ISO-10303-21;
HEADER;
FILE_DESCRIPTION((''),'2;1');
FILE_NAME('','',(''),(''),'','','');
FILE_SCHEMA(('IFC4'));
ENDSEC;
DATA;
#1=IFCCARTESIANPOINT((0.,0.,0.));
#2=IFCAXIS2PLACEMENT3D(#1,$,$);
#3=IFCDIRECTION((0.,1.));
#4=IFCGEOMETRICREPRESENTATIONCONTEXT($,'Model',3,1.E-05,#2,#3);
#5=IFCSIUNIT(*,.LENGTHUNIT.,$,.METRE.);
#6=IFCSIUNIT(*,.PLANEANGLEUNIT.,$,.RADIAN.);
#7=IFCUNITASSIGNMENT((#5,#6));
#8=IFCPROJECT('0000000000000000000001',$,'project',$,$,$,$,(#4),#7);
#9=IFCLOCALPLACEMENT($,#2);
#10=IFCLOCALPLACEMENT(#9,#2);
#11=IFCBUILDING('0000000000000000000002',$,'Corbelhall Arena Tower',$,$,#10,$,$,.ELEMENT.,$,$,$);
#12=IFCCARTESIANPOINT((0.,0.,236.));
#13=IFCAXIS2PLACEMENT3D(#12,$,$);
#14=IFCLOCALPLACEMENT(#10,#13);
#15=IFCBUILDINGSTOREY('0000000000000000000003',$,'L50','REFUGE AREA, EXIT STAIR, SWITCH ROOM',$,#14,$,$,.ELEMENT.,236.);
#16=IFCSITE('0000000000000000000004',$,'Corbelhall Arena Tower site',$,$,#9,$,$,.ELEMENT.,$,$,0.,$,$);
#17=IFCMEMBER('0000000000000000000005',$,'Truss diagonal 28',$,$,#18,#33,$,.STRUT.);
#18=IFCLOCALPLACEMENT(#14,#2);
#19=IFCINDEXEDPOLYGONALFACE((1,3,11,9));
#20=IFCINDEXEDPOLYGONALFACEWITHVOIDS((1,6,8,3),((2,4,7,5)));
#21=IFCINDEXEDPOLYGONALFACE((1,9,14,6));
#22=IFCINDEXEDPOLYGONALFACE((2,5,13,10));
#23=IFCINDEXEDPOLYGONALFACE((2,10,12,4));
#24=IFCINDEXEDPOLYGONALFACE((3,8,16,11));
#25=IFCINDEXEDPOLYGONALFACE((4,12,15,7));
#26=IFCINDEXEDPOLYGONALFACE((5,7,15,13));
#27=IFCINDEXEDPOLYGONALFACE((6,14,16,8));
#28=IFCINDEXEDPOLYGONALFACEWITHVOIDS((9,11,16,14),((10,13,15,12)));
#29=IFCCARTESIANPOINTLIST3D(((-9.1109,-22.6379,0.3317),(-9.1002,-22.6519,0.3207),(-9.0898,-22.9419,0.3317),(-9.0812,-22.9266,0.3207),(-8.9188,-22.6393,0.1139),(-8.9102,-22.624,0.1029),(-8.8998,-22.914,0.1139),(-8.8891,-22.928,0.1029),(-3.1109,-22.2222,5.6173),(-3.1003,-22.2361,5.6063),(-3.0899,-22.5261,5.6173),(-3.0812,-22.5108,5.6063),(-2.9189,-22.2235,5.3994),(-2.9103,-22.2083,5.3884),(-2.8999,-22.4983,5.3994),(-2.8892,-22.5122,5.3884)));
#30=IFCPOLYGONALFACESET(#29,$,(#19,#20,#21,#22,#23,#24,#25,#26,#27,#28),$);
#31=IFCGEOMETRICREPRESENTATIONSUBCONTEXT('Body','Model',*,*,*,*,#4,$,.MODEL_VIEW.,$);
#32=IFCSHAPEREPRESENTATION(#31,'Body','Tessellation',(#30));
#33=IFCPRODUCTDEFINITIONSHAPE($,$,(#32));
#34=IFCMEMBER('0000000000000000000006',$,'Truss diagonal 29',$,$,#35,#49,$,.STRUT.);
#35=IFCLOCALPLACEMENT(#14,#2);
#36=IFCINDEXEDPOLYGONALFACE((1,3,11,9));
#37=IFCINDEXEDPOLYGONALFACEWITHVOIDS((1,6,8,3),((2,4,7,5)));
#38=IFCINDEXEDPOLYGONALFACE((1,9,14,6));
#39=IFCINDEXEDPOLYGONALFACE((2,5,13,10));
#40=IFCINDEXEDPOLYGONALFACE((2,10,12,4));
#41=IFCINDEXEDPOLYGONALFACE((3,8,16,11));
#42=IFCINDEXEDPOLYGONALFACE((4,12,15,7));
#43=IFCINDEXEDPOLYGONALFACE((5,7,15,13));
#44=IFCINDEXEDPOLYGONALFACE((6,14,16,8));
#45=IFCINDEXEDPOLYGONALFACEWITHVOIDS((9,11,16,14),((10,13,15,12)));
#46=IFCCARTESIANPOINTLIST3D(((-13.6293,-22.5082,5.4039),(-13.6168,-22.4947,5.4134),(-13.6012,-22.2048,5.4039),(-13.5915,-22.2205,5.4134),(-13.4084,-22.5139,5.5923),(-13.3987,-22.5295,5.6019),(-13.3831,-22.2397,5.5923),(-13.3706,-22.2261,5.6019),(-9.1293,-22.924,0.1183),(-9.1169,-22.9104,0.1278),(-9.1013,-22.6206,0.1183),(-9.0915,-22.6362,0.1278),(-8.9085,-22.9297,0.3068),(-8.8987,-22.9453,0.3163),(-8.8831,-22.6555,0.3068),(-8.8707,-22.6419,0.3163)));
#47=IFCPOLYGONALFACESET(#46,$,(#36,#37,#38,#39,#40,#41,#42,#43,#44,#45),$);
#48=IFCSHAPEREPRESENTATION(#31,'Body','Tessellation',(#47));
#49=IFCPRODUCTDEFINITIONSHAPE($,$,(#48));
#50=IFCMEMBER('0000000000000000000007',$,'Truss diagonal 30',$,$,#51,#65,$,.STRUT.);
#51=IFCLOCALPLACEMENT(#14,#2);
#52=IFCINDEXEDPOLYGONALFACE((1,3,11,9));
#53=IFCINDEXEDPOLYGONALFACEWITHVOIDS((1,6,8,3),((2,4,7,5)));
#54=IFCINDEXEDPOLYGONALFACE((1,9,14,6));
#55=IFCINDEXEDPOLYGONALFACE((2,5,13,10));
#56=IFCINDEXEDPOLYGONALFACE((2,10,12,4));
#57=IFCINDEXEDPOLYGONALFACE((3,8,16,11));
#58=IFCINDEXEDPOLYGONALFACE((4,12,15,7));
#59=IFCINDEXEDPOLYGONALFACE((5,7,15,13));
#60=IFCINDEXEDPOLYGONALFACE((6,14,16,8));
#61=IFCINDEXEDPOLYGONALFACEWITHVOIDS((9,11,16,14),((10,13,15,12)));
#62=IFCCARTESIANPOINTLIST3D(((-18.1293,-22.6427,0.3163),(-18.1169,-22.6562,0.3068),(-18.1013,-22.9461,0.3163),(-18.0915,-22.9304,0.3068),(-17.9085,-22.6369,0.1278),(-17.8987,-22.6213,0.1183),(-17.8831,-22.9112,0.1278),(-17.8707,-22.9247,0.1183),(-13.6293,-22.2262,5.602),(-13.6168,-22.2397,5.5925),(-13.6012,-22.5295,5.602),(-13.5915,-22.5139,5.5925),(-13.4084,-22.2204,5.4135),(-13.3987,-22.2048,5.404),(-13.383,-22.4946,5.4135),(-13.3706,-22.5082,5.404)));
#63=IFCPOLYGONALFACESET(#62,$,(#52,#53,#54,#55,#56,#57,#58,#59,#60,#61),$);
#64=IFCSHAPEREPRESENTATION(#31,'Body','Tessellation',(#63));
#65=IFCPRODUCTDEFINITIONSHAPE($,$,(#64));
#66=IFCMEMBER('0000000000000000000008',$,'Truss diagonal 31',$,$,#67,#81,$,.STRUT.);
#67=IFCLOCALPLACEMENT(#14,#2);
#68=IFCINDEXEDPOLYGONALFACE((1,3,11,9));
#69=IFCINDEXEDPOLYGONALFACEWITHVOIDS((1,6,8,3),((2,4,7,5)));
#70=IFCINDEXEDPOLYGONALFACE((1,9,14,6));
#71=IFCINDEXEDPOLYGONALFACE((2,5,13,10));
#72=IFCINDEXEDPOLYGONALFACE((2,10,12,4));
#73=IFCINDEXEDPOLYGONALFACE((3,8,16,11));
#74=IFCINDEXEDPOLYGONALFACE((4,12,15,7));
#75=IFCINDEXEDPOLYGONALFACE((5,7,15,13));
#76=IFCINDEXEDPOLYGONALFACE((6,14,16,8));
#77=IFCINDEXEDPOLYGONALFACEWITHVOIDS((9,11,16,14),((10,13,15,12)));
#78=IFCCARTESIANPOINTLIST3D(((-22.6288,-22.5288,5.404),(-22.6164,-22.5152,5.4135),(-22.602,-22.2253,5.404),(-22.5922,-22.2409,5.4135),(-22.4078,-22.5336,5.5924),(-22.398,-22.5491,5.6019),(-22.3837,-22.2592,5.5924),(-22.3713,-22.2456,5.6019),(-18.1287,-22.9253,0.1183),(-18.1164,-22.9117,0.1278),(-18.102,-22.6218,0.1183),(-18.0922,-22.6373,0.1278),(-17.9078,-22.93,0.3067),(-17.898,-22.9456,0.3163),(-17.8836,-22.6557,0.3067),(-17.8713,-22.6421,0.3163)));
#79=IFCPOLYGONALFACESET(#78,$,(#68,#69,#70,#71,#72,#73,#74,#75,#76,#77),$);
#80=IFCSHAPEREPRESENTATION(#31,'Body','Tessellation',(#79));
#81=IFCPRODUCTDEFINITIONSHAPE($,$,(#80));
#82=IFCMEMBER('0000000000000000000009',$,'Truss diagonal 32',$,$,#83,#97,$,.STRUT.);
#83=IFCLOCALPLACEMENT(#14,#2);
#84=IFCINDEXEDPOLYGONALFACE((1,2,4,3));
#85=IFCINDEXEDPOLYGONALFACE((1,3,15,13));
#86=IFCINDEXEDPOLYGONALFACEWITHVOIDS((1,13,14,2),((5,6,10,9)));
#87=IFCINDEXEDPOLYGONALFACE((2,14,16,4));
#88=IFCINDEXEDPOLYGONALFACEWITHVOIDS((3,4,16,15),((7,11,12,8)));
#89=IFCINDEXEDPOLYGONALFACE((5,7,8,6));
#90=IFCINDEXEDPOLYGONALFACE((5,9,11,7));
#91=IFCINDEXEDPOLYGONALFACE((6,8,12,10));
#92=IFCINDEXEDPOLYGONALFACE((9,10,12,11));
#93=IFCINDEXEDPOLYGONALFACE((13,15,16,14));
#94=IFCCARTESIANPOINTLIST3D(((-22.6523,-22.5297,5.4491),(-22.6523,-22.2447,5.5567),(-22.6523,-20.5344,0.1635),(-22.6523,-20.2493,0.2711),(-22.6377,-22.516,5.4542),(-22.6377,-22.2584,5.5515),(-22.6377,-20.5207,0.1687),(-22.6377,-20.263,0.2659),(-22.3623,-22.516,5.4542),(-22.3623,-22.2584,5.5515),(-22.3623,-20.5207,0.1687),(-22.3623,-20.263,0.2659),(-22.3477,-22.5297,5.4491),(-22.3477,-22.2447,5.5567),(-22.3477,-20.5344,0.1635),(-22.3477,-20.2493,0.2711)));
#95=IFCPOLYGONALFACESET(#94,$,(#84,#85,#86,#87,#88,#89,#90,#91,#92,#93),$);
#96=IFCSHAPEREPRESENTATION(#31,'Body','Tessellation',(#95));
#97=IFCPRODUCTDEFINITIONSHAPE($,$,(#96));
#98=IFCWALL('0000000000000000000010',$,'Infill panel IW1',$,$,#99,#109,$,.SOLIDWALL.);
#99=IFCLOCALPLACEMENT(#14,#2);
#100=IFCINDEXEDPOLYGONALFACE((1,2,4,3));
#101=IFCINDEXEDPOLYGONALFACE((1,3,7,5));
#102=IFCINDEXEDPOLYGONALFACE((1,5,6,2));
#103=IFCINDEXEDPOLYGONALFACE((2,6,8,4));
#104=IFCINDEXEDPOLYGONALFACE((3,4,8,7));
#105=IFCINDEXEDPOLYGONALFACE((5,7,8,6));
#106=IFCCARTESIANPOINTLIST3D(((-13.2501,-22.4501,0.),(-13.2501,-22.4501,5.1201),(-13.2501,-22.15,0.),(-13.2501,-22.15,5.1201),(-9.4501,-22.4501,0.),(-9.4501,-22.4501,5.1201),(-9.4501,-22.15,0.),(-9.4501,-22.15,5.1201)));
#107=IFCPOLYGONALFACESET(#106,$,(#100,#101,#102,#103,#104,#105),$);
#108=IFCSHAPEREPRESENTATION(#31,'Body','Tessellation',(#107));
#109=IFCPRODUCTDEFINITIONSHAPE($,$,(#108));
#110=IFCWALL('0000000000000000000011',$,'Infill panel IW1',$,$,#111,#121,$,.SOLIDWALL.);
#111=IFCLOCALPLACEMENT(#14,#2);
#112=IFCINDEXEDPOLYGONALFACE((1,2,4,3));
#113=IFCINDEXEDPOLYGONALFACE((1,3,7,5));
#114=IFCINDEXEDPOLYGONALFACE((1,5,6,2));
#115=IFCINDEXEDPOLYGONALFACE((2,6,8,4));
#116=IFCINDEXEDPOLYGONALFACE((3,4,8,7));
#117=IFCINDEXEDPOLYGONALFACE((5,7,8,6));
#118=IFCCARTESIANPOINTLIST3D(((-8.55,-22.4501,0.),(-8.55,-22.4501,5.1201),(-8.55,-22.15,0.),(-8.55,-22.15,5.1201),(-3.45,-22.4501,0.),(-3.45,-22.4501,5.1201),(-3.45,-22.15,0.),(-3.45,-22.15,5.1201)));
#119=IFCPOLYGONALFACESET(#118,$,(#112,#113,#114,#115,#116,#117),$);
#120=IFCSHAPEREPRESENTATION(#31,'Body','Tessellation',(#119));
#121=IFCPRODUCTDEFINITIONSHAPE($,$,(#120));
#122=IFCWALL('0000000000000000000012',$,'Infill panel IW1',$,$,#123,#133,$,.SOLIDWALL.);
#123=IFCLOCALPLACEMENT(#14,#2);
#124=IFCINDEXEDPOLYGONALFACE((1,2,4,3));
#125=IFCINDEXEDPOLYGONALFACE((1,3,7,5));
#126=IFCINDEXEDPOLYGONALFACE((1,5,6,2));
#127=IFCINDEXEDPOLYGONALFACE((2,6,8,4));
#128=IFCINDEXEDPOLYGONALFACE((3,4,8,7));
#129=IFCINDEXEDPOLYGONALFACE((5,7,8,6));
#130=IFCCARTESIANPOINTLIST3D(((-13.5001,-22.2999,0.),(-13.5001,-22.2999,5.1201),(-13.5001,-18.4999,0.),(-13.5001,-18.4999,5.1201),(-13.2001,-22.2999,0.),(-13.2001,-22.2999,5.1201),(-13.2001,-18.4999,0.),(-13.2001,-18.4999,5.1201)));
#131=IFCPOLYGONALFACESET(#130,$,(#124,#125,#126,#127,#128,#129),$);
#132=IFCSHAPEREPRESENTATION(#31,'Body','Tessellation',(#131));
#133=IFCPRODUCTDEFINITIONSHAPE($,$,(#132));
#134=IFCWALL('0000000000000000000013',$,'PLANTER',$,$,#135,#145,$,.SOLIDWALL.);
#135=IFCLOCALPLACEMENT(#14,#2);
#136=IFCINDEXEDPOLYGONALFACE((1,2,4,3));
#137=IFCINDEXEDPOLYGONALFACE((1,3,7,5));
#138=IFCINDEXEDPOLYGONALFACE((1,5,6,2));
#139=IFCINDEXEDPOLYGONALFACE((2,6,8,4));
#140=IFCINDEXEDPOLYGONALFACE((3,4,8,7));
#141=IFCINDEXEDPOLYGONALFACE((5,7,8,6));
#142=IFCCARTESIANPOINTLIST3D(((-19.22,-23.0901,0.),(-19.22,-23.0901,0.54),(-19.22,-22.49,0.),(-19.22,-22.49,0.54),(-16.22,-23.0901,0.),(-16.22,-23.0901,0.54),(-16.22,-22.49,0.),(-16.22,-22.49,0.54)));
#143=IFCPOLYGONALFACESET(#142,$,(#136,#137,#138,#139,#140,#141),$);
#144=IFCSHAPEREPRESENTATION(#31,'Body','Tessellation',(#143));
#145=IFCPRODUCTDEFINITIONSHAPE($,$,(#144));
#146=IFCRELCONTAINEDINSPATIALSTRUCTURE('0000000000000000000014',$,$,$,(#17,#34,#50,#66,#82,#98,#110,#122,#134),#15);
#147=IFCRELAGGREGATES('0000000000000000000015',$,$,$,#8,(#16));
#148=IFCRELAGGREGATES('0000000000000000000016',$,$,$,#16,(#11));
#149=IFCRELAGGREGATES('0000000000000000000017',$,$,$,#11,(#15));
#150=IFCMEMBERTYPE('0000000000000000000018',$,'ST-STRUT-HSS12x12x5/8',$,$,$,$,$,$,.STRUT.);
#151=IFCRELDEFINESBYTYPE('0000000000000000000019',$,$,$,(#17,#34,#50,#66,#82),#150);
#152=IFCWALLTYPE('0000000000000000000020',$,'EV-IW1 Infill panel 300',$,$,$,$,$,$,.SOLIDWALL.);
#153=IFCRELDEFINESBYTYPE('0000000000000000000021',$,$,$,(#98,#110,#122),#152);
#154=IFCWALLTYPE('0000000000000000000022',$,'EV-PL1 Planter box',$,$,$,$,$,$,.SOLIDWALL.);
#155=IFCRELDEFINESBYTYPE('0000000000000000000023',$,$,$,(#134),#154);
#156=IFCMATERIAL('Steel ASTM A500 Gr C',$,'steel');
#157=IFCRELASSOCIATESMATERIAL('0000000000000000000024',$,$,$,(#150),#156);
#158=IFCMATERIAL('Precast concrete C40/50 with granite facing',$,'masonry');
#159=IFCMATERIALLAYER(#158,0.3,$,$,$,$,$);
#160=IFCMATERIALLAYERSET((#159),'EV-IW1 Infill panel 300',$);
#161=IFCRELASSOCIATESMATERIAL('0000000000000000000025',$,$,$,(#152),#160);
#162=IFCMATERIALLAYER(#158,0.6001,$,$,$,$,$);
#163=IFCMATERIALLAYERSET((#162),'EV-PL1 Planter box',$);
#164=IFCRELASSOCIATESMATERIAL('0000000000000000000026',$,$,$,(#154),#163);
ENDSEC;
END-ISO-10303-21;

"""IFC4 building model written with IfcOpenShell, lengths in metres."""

from ifc_helpers import new_model, si_unit, direction, frame, frame_2d, origin, origin_2d, place, context, subcontext, project, spatial, rectangle, hollow_rectangle, extrude, material, layer, layer_set, material_profile, profile_set, type_object, element, save


model = new_model("IFC4")

# Units and contexts
model_context = context("Model", 3, precision=1e-05, world=origin(), true_north=direction((0.0, 1.0)))
body_context = subcontext(model_context, "Body", "Model", "MODEL_VIEW")
ifc_project = project(units=[si_unit("LENGTHUNIT", "METRE"), si_unit("PLANEANGLEUNIT", "RADIAN")], contexts=[model_context])

# Site, building, storey
site_placement = place(None, origin())
site = spatial("IfcSite", under=ifc_project, at=site_placement, Name="Corbelhall Arena Tower site", CompositionType="ELEMENT", RefElevation=0.0)
building_placement = place(site_placement, origin())
building = spatial("IfcBuilding", under=site, at=building_placement, Name="Corbelhall Arena Tower", CompositionType="ELEMENT")
storey_placement = place(building_placement, frame((0.0, 0.0, 236.0)))
storey = spatial("IfcBuildingStorey", under=building, at=storey_placement, Name="L50", Description="REFUGE AREA, EXIT STAIR, SWITCH ROOM", CompositionType="ELEMENT", Elevation=236.0)

# Members
ifc_material_1 = material(Name="Steel ASTM A500 Gr C", Category="steel")
ifc_material_profile_1 = material_profile(ifc_material_1, hollow_rectangle(XDim=0.3047, YDim=0.3047, WallThickness=0.0146, at=origin_2d()))
ifc_profile_set_1 = profile_set([ifc_material_profile_1], Name="Steel ASTM A500 Gr C")
member_type_1 = type_object("IfcMemberType", Name="ST-STRUT-HSS12x12x5/8", PredefinedType="STRUT", material=ifc_profile_set_1)
member_1_placement = place(storey_placement, frame((-9.0, -22.783, 0.2173), z_axis=(0.749351, 0.051926, 0.660134), x_axis=(-0.069129, 0.997608, 0.0)))
element("IfcMember", 1, at=member_1_placement, inside=storey, type_object=member_type_1, Name="Truss diagonal 28", PredefinedType="STRUT", context=body_context, shape_type="SweptSolid", body=[
    extrude(hollow_rectangle(XDim=0.3047, YDim=0.3047, WallThickness=0.0146, at=origin_2d()), origin(), (0.0, 0.0, 1.0), 8.0068),
])
member_2_placement = place(storey_placement, frame((-9.0, -22.783, 0.2173), z_axis=(-0.647091, 0.059787, 0.760065), x_axis=(-0.092002, -0.995759, 0.0)))
element("IfcMember", 2, at=member_2_placement, inside=storey, type_object=member_type_1, Name="Truss diagonal 29", PredefinedType="STRUT", context=body_context, shape_type="SweptSolid", body=[
    extrude(hollow_rectangle(XDim=0.3047, YDim=0.3047, WallThickness=0.0146, at=origin_2d()), origin(), (0.0, 0.0, 1.0), 6.9541),
])
member_3_placement = place(storey_placement, frame((-18.0, -22.7837, 0.2173), z_axis=(0.647087, 0.059892, 0.76006), x_axis=(-0.092163, 0.995744, 0.0)))
element("IfcMember", 3, at=member_3_placement, inside=storey, type_object=member_type_1, Name="Truss diagonal 30", PredefinedType="STRUT", context=body_context, shape_type="SweptSolid", body=[
    extrude(hollow_rectangle(XDim=0.3047, YDim=0.3047, WallThickness=0.0146, at=origin_2d()), origin(), (0.0, 0.0, 1.0), 6.9543),
])
member_4_placement = place(storey_placement, frame((-18.0, -22.7837, 0.2173), z_axis=(-0.647196, 0.057023, 0.760188), x_axis=(-0.087768, -0.996141, 0.0)))
element("IfcMember", 4, at=member_4_placement, inside=storey, type_object=member_type_1, Name="Truss diagonal 31", PredefinedType="STRUT", context=body_context, shape_type="SweptSolid", body=[
    extrude(hollow_rectangle(XDim=0.3047, YDim=0.3047, WallThickness=0.0146, at=origin_2d()), origin(), (0.0, 0.0, 1.0), 6.9531),
])
member_5_placement = place(storey_placement, frame((-22.5, -20.3918, 0.2173), z_axis=(0.0, -0.353178, 0.935556), x_axis=(1.0, 0.0, 0.0)))
element("IfcMember", 5, at=member_5_placement, inside=storey, type_object=member_type_1, Name="Truss diagonal 32", PredefinedType="STRUT", context=body_context, shape_type="SweptSolid", body=[
    extrude(hollow_rectangle(XDim=0.3047, YDim=0.3047, WallThickness=0.0146, at=origin_2d()), origin(), (0.0, 0.0, 1.0), 5.6497),
])

# Walls
ifc_material_2 = material(Name="Precast concrete C40/50 with granite facing", Category="masonry")
ifc_layer_1 = layer(ifc_material_2, 0.3)
ifc_layer_set_1 = layer_set([ifc_layer_1], Name="EV-IW1 Infill panel 300")
wall_type_1 = type_object("IfcWallType", Name="EV-IW1 Infill panel 300", PredefinedType="SOLIDWALL", material=ifc_layer_set_1)
wall_1_placement = place(storey_placement, frame((-13.25, -22.3, 0.0), z_axis=(0.0, 0.0, 1.0), x_axis=(1.0, 0.0, 0.0)))
element("IfcWall", 6, at=wall_1_placement, inside=storey, type_object=wall_type_1, Name="Infill panel IW1", PredefinedType="SOLIDWALL", context=body_context, shape_type="SweptSolid", body=[
    extrude(rectangle(XDim=3.8, YDim=0.3, at=frame_2d((1.8999, 0.0))), origin(), (0.0, 0.0, 1.0), 5.1201),
])
wall_2_placement = place(storey_placement, frame((-8.55, -22.3, 0.0), z_axis=(0.0, 0.0, 1.0), x_axis=(1.0, 0.0, 0.0)))
element("IfcWall", 7, at=wall_2_placement, inside=storey, type_object=wall_type_1, Name="Infill panel IW1", PredefinedType="SOLIDWALL", context=body_context, shape_type="SweptSolid", body=[
    extrude(rectangle(XDim=5.1001, YDim=0.3, at=frame_2d((2.55, 0.0))), origin(), (0.0, 0.0, 1.0), 5.1201),
])
wall_3_placement = place(storey_placement, frame((-13.3501, -18.5, 0.0), z_axis=(0.0, 0.0, 1.0), x_axis=(0.0, -1.0, 0.0)))
element("IfcWall", 8, at=wall_3_placement, inside=storey, type_object=wall_type_1, Name="Infill panel IW1", PredefinedType="SOLIDWALL", context=body_context, shape_type="SweptSolid", body=[
    extrude(rectangle(XDim=3.8, YDim=0.3, at=frame_2d((1.8999, 0.0))), origin(), (0.0, 0.0, 1.0), 5.1201),
])
ifc_layer_2 = layer(ifc_material_2, 0.6001)
ifc_layer_set_2 = layer_set([ifc_layer_2], Name="EV-PL1 Planter box")
wall_type_2 = type_object("IfcWallType", Name="EV-PL1 Planter box", PredefinedType="SOLIDWALL", material=ifc_layer_set_2)
wall_4_placement = place(storey_placement, frame((-16.22, -22.79, 0.0), z_axis=(0.0, 0.0, 1.0), x_axis=(-1.0, 0.0, 0.0)))
element("IfcWall", 9, at=wall_4_placement, inside=storey, type_object=wall_type_2, Name="PLANTER", PredefinedType="SOLIDWALL", context=body_context, shape_type="SweptSolid", body=[
    extrude(rectangle(XDim=3.0, YDim=0.6001, at=frame_2d((1.5, 0.0))), origin(), (0.0, 0.0, 1.0), 0.54),
])

save(model, "model.ifc")
